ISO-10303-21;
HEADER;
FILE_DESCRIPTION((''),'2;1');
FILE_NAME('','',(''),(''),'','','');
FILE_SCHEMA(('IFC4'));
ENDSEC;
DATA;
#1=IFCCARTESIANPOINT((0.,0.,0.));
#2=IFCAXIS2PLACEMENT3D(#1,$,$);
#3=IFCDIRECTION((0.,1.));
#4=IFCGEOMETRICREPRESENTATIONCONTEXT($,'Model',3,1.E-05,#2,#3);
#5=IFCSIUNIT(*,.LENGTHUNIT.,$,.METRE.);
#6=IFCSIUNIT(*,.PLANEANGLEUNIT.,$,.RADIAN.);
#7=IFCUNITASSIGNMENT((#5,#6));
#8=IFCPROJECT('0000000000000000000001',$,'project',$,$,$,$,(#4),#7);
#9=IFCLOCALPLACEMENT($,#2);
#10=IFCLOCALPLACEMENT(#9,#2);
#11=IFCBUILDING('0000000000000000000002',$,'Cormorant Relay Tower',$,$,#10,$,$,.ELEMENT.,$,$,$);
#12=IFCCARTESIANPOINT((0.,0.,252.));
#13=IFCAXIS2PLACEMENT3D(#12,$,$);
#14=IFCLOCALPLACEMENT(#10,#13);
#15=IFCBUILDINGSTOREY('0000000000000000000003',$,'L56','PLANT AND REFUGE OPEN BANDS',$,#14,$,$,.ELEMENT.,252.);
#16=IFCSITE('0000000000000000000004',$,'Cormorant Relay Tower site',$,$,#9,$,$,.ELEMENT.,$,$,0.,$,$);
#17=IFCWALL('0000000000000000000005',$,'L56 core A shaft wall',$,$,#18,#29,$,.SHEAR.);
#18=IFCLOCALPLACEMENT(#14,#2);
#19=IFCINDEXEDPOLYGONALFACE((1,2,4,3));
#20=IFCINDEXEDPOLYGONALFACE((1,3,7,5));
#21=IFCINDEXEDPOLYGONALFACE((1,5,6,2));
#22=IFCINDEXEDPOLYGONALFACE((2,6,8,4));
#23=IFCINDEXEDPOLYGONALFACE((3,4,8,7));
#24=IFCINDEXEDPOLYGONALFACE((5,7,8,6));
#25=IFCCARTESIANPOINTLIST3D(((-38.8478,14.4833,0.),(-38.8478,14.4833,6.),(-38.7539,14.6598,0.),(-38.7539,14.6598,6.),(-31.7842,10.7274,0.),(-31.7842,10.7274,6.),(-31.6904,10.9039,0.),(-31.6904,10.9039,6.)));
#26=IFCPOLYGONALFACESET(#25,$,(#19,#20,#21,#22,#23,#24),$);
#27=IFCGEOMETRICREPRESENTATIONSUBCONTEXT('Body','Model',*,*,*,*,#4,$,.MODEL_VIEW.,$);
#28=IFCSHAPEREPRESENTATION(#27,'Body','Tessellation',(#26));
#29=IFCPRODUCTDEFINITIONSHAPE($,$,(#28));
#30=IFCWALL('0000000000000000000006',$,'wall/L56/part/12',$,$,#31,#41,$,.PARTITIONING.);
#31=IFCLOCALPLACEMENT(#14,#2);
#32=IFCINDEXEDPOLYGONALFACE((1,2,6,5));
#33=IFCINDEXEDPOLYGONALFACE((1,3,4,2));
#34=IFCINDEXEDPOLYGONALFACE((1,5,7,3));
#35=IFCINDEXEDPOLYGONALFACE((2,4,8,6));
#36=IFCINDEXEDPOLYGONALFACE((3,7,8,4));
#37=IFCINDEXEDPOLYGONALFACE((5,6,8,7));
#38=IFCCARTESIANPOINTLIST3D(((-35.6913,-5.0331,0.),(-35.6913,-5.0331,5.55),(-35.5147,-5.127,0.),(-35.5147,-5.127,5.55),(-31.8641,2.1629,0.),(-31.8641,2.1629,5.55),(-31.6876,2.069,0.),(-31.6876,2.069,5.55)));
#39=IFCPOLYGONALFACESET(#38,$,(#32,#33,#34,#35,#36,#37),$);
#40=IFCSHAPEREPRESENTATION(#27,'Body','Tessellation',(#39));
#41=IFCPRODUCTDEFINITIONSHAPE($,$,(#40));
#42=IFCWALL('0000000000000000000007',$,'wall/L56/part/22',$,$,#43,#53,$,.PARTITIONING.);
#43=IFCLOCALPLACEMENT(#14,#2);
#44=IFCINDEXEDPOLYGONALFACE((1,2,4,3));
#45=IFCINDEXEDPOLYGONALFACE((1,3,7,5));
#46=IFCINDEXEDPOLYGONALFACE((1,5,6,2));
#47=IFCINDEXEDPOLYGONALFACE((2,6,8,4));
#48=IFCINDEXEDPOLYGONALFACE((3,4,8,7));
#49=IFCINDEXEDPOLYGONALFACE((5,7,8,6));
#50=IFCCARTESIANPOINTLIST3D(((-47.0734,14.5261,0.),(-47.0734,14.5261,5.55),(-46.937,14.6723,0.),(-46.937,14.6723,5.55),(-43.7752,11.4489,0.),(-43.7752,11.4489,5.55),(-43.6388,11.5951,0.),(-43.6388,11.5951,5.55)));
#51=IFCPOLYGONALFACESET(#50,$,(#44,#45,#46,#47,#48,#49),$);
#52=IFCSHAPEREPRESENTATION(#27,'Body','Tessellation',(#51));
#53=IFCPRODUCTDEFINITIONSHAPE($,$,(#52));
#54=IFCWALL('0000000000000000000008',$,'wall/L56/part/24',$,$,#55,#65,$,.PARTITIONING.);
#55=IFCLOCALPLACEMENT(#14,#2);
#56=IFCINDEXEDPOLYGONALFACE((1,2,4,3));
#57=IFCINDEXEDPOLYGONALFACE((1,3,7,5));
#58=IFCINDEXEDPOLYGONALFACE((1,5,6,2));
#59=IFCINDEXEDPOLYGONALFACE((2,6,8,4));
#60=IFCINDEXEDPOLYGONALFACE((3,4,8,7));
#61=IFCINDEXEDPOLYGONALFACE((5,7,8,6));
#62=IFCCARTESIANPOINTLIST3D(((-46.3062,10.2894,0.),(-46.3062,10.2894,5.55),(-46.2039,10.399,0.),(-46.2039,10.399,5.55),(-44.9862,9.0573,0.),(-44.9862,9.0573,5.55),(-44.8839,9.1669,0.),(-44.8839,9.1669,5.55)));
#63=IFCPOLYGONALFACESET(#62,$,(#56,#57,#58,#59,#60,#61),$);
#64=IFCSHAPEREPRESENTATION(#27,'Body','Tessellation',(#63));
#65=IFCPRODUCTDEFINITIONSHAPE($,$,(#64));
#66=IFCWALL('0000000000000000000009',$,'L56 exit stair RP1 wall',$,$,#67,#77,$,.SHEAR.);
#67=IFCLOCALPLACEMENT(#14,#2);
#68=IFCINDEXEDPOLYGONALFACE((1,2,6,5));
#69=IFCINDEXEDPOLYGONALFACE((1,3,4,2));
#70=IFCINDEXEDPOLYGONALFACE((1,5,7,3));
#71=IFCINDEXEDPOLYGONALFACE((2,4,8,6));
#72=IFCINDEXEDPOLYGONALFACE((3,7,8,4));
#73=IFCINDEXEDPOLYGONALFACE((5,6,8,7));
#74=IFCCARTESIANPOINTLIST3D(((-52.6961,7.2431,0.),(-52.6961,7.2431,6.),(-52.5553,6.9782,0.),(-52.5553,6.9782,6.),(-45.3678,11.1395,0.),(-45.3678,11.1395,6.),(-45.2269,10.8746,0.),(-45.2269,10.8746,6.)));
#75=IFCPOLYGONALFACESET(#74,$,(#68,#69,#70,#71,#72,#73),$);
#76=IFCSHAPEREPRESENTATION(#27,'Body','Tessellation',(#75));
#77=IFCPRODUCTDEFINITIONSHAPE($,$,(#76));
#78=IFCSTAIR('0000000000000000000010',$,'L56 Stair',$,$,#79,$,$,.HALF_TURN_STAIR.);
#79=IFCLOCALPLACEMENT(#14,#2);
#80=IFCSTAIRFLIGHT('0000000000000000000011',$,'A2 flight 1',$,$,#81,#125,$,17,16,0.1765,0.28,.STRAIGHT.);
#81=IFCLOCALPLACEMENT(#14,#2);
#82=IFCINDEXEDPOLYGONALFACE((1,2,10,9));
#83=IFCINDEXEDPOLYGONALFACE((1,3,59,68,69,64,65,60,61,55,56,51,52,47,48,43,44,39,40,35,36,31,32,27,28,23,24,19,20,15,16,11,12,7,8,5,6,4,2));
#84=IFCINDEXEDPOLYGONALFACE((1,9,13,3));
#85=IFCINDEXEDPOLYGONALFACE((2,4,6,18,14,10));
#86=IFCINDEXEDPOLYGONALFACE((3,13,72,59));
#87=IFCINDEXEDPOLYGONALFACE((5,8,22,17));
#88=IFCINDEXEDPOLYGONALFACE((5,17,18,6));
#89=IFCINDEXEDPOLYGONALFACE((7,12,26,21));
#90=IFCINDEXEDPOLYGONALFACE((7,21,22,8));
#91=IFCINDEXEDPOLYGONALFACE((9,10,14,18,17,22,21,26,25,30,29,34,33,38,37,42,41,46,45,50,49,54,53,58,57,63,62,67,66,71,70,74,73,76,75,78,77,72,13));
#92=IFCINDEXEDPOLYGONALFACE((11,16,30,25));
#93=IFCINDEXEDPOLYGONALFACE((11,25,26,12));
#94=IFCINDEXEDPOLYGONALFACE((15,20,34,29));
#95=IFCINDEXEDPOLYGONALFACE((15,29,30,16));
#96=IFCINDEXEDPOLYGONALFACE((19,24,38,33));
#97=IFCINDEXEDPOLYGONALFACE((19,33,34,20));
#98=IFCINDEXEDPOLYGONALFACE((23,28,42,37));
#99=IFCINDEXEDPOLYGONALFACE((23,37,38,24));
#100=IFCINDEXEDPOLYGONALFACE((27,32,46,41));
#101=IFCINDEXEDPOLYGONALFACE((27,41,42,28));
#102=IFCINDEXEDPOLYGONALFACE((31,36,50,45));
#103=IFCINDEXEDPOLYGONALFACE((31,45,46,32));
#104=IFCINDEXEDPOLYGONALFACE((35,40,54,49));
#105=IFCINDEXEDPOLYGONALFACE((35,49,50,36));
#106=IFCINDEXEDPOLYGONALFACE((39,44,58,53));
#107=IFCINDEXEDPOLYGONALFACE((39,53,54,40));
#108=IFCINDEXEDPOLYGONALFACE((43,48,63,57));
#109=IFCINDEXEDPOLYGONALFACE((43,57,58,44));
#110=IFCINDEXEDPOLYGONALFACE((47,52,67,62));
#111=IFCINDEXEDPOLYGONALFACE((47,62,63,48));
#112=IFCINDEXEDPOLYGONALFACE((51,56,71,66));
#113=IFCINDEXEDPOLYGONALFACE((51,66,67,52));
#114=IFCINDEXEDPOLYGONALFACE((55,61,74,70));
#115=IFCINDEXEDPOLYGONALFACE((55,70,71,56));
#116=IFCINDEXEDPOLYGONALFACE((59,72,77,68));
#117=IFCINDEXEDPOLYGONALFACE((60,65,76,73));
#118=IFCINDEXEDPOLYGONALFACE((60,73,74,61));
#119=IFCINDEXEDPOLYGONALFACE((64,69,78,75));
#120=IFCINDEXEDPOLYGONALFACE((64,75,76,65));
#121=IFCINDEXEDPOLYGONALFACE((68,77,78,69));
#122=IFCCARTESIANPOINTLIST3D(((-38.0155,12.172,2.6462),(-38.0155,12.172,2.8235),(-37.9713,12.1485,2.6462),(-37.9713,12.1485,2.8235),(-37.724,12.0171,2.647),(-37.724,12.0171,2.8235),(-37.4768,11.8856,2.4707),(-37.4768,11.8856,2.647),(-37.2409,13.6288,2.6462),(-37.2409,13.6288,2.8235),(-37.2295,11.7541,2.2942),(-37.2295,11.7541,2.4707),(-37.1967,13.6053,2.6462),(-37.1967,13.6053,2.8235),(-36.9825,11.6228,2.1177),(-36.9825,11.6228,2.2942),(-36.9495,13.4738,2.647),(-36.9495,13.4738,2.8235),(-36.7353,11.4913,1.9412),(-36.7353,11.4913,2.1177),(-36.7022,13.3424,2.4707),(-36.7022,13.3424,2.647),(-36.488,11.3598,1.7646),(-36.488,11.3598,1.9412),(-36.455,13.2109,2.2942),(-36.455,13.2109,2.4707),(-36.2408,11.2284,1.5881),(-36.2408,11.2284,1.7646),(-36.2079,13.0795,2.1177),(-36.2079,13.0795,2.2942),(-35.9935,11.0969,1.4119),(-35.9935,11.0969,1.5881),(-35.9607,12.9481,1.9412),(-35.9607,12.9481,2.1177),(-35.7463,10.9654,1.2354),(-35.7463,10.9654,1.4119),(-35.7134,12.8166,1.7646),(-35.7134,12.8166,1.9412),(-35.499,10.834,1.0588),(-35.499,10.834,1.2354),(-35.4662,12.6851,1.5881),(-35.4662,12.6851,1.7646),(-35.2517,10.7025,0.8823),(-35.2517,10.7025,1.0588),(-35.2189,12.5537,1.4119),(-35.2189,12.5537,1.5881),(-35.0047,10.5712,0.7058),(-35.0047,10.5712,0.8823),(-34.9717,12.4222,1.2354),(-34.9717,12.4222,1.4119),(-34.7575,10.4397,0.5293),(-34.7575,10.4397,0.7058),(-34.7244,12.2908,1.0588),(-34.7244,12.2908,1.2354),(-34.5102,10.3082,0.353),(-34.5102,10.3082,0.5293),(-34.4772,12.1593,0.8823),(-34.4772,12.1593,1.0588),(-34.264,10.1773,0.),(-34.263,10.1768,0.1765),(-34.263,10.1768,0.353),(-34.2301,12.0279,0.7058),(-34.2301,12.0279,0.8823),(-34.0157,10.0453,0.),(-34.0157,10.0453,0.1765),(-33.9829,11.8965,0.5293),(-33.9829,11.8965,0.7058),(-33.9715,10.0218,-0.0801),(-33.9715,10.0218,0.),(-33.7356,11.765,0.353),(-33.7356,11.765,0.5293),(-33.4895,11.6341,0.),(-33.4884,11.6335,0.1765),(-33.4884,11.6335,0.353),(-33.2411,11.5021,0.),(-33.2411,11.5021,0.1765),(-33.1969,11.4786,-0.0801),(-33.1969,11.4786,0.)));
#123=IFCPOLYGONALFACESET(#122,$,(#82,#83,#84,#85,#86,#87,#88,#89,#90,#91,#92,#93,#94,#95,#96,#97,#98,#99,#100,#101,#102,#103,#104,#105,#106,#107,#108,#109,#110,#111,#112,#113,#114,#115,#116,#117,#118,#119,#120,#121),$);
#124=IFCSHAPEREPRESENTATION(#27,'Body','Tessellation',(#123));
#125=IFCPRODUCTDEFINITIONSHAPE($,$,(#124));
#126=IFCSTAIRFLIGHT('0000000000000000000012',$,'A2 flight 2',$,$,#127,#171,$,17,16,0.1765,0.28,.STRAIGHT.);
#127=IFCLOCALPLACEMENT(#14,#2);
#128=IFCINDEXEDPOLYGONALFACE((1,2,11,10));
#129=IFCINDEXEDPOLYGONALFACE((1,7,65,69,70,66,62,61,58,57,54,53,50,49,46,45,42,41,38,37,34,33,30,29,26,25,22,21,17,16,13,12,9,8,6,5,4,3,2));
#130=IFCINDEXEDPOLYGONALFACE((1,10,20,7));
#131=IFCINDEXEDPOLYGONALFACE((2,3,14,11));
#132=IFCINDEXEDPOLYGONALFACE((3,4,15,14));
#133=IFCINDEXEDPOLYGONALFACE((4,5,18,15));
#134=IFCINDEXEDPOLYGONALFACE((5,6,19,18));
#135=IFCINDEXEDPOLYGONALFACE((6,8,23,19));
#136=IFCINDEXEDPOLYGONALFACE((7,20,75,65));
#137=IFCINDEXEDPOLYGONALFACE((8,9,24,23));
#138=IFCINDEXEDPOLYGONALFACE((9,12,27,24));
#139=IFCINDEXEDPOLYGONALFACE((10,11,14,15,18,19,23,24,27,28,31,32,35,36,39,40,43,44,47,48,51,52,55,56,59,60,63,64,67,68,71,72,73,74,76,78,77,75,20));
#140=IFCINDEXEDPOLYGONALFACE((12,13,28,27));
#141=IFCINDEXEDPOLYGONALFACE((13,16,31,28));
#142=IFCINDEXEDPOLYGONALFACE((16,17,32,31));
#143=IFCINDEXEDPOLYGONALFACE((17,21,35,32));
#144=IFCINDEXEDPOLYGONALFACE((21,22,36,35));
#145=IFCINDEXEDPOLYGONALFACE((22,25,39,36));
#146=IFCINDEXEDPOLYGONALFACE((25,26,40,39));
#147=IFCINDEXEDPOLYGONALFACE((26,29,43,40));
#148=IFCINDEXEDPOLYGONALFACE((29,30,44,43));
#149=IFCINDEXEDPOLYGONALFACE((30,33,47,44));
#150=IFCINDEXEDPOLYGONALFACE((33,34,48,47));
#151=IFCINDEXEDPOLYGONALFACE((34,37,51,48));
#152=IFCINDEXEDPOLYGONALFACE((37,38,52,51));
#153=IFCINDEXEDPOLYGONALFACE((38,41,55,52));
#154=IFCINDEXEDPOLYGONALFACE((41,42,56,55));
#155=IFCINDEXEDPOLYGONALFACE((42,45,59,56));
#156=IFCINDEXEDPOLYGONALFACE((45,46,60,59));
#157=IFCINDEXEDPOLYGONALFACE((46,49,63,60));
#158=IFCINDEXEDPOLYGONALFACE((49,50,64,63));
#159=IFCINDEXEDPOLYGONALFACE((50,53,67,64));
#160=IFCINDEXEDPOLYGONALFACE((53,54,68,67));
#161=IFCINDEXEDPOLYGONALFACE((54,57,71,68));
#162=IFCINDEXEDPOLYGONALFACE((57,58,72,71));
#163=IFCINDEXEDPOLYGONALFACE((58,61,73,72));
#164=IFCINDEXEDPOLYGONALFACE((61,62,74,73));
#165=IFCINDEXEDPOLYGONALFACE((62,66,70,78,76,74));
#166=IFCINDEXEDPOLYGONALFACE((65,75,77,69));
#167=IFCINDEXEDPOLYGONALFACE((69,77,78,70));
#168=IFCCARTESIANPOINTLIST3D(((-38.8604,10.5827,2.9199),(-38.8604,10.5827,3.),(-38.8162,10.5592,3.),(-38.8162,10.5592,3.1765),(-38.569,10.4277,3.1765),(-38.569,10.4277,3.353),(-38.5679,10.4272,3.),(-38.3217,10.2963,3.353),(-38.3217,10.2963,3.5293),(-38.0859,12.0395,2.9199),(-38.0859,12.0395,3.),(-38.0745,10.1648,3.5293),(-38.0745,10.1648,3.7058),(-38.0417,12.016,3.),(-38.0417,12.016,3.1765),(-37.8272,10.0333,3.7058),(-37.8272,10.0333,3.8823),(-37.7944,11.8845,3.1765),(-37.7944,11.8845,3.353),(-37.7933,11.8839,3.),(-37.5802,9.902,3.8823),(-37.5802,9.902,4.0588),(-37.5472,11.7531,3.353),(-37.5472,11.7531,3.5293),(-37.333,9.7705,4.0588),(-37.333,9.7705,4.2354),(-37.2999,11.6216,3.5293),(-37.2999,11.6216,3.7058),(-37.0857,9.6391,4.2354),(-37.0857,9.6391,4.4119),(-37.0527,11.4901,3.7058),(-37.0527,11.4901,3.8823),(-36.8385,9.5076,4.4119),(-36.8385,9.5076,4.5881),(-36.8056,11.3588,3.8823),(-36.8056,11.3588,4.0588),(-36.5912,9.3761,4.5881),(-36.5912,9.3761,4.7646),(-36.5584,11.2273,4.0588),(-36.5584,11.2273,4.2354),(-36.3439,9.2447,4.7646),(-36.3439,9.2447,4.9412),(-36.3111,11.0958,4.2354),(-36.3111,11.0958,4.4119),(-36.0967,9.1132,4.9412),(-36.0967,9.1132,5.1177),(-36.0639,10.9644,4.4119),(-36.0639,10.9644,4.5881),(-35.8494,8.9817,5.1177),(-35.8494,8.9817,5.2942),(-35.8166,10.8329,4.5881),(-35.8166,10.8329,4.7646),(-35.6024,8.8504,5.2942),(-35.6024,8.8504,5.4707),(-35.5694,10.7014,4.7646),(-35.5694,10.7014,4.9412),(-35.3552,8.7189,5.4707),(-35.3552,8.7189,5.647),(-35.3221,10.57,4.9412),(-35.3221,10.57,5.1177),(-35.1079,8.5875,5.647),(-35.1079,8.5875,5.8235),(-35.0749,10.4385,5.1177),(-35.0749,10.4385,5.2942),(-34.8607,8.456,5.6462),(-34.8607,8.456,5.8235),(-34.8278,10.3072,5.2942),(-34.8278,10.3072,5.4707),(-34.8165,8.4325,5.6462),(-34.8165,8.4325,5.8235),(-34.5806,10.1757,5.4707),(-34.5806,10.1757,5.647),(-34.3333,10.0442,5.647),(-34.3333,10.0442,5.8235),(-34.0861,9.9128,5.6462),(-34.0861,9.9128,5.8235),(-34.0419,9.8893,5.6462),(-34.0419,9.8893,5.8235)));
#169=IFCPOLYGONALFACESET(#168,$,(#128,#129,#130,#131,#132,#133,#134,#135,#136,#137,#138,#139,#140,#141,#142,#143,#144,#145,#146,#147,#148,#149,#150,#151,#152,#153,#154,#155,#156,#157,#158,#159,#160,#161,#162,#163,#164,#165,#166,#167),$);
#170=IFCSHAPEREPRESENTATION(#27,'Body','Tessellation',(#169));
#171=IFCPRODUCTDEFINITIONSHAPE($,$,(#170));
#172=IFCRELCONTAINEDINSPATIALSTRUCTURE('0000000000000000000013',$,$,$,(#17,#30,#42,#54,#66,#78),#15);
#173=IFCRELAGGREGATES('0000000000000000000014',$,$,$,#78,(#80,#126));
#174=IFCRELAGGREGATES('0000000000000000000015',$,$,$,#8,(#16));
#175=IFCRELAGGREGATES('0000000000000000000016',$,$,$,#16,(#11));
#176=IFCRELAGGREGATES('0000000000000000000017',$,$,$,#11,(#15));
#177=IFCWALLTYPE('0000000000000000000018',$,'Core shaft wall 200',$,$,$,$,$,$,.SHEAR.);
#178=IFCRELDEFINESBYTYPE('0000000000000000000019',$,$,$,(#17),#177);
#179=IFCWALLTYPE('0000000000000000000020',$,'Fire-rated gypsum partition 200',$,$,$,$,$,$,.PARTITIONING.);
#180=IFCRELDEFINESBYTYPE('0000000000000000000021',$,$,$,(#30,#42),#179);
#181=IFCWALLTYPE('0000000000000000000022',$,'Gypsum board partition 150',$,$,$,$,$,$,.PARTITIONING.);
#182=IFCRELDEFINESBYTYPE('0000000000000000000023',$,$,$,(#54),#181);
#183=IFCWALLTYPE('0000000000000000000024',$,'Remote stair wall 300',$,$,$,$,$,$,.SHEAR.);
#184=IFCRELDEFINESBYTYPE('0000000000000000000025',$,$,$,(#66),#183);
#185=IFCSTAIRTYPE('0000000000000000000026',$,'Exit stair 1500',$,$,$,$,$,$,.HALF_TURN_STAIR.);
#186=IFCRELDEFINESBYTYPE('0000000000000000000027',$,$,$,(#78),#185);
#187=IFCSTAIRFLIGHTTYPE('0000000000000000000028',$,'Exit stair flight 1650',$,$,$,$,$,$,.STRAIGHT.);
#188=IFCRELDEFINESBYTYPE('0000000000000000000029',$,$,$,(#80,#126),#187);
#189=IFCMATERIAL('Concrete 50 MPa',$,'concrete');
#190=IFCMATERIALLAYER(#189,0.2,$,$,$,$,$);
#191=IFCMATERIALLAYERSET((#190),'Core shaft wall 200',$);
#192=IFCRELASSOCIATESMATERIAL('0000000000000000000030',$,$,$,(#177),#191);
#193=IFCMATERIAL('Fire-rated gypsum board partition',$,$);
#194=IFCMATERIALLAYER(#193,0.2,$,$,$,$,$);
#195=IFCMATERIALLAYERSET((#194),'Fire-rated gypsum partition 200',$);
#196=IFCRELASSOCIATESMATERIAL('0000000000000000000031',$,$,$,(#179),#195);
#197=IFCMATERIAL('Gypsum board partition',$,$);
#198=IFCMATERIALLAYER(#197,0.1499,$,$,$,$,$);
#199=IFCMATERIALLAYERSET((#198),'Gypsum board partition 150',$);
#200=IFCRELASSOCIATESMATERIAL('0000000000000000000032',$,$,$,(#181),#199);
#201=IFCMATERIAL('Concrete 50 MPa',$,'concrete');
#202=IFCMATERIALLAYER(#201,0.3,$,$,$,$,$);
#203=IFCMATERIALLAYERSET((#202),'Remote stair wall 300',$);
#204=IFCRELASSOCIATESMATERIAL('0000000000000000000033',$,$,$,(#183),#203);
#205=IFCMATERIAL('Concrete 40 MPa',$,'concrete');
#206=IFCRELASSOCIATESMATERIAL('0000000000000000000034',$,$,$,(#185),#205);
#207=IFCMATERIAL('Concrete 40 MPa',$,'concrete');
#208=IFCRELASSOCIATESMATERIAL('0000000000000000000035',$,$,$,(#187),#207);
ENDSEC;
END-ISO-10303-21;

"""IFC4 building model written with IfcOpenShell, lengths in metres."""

from ifc_helpers import new_model, si_unit, direction, frame, frame_2d, origin, place, context, subcontext, project, spatial, polyline, rectangle, outline, extrude, material, layer, layer_set, type_object, element, aggregate, save


model = new_model("IFC4")

# Units and contexts
model_context = context("Model", 3, precision=1e-05, world=origin(), true_north=direction((0.0, 1.0)))
body_context = subcontext(model_context, "Body", "Model", "MODEL_VIEW")
ifc_project = project(units=[si_unit("LENGTHUNIT", "METRE"), si_unit("PLANEANGLEUNIT", "RADIAN")], contexts=[model_context])

# Site, building, storey
site_placement = place(None, origin())
site = spatial("IfcSite", under=ifc_project, at=site_placement, Name="Cormorant Relay Tower site", CompositionType="ELEMENT", RefElevation=0.0)
building_placement = place(site_placement, origin())
building = spatial("IfcBuilding", under=site, at=building_placement, Name="Cormorant Relay Tower", CompositionType="ELEMENT")
storey_placement = place(building_placement, frame((0.0, 0.0, 252.0)))
storey = spatial("IfcBuildingStorey", under=building, at=storey_placement, Name="L56", Description="PLANT AND REFUGE OPEN BANDS", CompositionType="ELEMENT", Elevation=252.0)

# Walls
ifc_material_1 = material(Name="Concrete 50 MPa", Category="concrete")
ifc_layer_1 = layer(ifc_material_1, 0.2)
ifc_layer_set_1 = layer_set([ifc_layer_1], Name="Core shaft wall 200")
wall_type_1 = type_object("IfcWallType", Name="Core shaft wall 200", PredefinedType="SHEAR", material=ifc_layer_set_1)
wall_1_placement = place(storey_placement, frame((-31.7373, 10.8157, 0.0), z_axis=(0.0, 0.0, 1.0), x_axis=(-0.88294, 0.469485, 0.0)))
element("IfcWall", 1, at=wall_1_placement, inside=storey, type_object=wall_type_1, Name="L56 core A shaft wall", PredefinedType="SHEAR", context=body_context, shape_type="SweptSolid", body=[
    extrude(rectangle(XDim=8.0, YDim=0.2, at=frame_2d((4.0, 0.0))), origin(), (0.0, 0.0, 1.0), 6.0),
])
ifc_material_2 = material(Name="Fire-rated gypsum board partition")
ifc_layer_2 = layer(ifc_material_2, 0.2)
ifc_layer_set_2 = layer_set([ifc_layer_2], Name="Fire-rated gypsum partition 200")
wall_type_2 = type_object("IfcWallType", Name="Fire-rated gypsum partition 200", PredefinedType="PARTITIONING", material=ifc_layer_set_2)
wall_2_placement = place(storey_placement, frame((-31.7759, 2.116, 0.0), z_axis=(0.0, 0.0, 1.0), x_axis=(-0.469562, -0.8829, 0.0)))
element("IfcWall", 2, at=wall_2_placement, inside=storey, type_object=wall_type_2, Name="wall/L56/part/12", PredefinedType="PARTITIONING", context=body_context, shape_type="SweptSolid", body=[
    extrude(rectangle(XDim=8.1504, YDim=0.2, at=frame_2d((4.0752, 0.0))), origin(), (0.0, 0.0, 1.0), 5.55),
])
wall_3_placement = place(storey_placement, frame((-43.707, 11.522, 0.0), z_axis=(0.0, 0.0, 1.0), x_axis=(-0.731174, 0.682191, 0.0)))
element("IfcWall", 3, at=wall_3_placement, inside=storey, type_object=wall_type_2, Name="wall/L56/part/22", PredefinedType="PARTITIONING", context=body_context, shape_type="SweptSolid", body=[
    extrude(rectangle(XDim=4.5107, YDim=0.2, at=frame_2d((2.2554, 0.0))), origin(), (0.0, 0.0, 1.0), 5.55),
])
ifc_material_3 = material(Name="Gypsum board partition")
ifc_layer_3 = layer(ifc_material_3, 0.1499)
ifc_layer_set_3 = layer_set([ifc_layer_3], Name="Gypsum board partition 150")
wall_type_3 = type_object("IfcWallType", Name="Gypsum board partition 150", PredefinedType="PARTITIONING", material=ifc_layer_set_3)
wall_4_placement = place(storey_placement, frame((-44.9351, 9.1121, 0.0), z_axis=(0.0, 0.0, 1.0), x_axis=(-0.731024, 0.682352, 0.0)))
element("IfcWall", 4, at=wall_4_placement, inside=storey, type_object=wall_type_3, Name="wall/L56/part/24", PredefinedType="PARTITIONING", context=body_context, shape_type="SweptSolid", body=[
    extrude(rectangle(XDim=1.8057, YDim=0.1499, at=frame_2d((0.9028, 0.0))), origin(), (0.0, 0.0, 1.0), 5.55),
])
ifc_material_4 = material(Name="Concrete 50 MPa", Category="concrete")
ifc_layer_4 = layer(ifc_material_4, 0.3)
ifc_layer_set_4 = layer_set([ifc_layer_4], Name="Remote stair wall 300")
wall_type_4 = type_object("IfcWallType", Name="Remote stair wall 300", PredefinedType="SHEAR", material=ifc_layer_set_4)
wall_5_placement = place(storey_placement, frame((-45.2974, 11.0071, 0.0), z_axis=(0.0, 0.0, 1.0), x_axis=(-0.882952, -0.469464, 0.0)))
element("IfcWall", 5, at=wall_5_placement, inside=storey, type_object=wall_type_4, Name="L56 exit stair RP1 wall", PredefinedType="SHEAR", context=body_context, shape_type="SweptSolid", body=[
    extrude(rectangle(XDim=8.2998, YDim=0.3, at=frame_2d((4.1499, 0.0))), origin(), (0.0, 0.0, 1.0), 6.0),
])

# Stair, stair flights
ifc_material_5 = material(Name="Concrete 40 MPa", Category="concrete")
stair_type_1 = type_object("IfcStairType", Name="Exit stair 1500", PredefinedType="HALF_TURN_STAIR", material=ifc_material_5)
stair_1_placement = place(storey_placement, origin())
stair_1 = element("IfcStair", 6, at=stair_1_placement, inside=storey, type_object=stair_type_1, Name="L56 Stair", PredefinedType="HALF_TURN_STAIR")
ifc_material_6 = material(Name="Concrete 40 MPa", Category="concrete")
stair_flight_type_1 = type_object("IfcStairFlightType", Name="Exit stair flight 1650", PredefinedType="STRAIGHT", material=ifc_material_6)
stair_flight_1_placement = place(storey_placement, frame((-33.6284, 10.7737, 0.0), z_axis=(0.0, 0.0, 1.0), x_axis=(-0.882948, 0.469472, 0.0)))
stair_flight_1 = element("IfcStairFlight", 7, at=stair_flight_1_placement, type_object=stair_flight_type_1, Name="A2 flight 1", NumberOfRisers=17, NumberOfTreads=16, PredefinedType="STRAIGHT", RiserHeight=0.1765, TreadLength=0.28, context=body_context, shape_type="SweptSolid", body=[
    extrude(outline(polyline([(-0.05, -0.0801), (-0.05, 0.0), (0.0, 0.0), (0.0, 0.1765), (0.28, 0.1765), (0.28, 0.353), (0.5601, 0.353), (0.5601, 0.5293), (0.8401, 0.5293), (0.8401, 0.7058), (1.1201, 0.7058), (1.1201, 0.8823), (1.3999, 0.8823), (1.3999, 1.0588), (1.6799, 1.0588), (1.6799, 1.2354), (1.96, 1.2354), (1.96, 1.4119), (2.24, 1.4119), (2.24, 1.5881), (2.52, 1.5881), (2.52, 1.7646), (2.8, 1.7646), (2.8, 1.9412), (3.0801, 1.9412), (3.0801, 2.1177), (3.3601, 2.1177), (3.3601, 2.2942), (3.6399, 2.2942), (3.6399, 2.4707), (3.9199, 2.4707), (3.9199, 2.647), (4.2, 2.647), (4.2, 2.8235), (4.48, 2.8235), (4.53, 2.8235), (4.53, 2.6462), (4.48, 2.6462), (0.2812, 0.0), (-0.05, -0.0801)])), frame((0.0, 0.825, 0.0), z_axis=(0.0, -1.0, 0.0), x_axis=(1.0, 0.0, 0.0)), (0.0, 0.0, 1.0), 1.6499),
])
stair_flight_2_placement = place(storey_placement, frame((-38.429, 11.2876, 3.0), z_axis=(0.0, 0.0, 1.0), x_axis=(0.882948, -0.469472, 0.0)))
stair_flight_2 = element("IfcStairFlight", 8, at=stair_flight_2_placement, type_object=stair_flight_type_1, Name="A2 flight 2", NumberOfRisers=17, NumberOfTreads=16, PredefinedType="STRAIGHT", RiserHeight=0.1765, TreadLength=0.28, context=body_context, shape_type="SweptSolid", body=[
    extrude(outline(polyline([(-0.05, -0.0801), (-0.05, 0.0), (0.0, 0.0), (0.0, 0.1765), (0.28, 0.1765), (0.28, 0.353), (0.5601, 0.353), (0.5601, 0.5293), (0.8401, 0.5293), (0.8401, 0.7058), (1.1201, 0.7058), (1.1201, 0.8823), (1.3999, 0.8823), (1.3999, 1.0588), (1.6799, 1.0588), (1.6799, 1.2354), (1.96, 1.2354), (1.96, 1.4119), (2.24, 1.4119), (2.24, 1.5881), (2.52, 1.5881), (2.52, 1.7646), (2.8, 1.7646), (2.8, 1.9412), (3.0801, 1.9412), (3.0801, 2.1177), (3.3601, 2.1177), (3.3601, 2.2942), (3.6399, 2.2942), (3.6399, 2.4707), (3.9199, 2.4707), (3.9199, 2.647), (4.2, 2.647), (4.2, 2.8235), (4.48, 2.8235), (4.53, 2.8235), (4.53, 2.6462), (4.48, 2.6462), (0.2812, 0.0), (-0.05, -0.0801)])), frame((0.0, 0.825, 0.0), z_axis=(0.0, -1.0, 0.0), x_axis=(1.0, 0.0, 0.0)), (0.0, 0.0, 1.0), 1.6499),
])
aggregate(stair_1, [stair_flight_1, stair_flight_2])

save(model, "model.ifc")
